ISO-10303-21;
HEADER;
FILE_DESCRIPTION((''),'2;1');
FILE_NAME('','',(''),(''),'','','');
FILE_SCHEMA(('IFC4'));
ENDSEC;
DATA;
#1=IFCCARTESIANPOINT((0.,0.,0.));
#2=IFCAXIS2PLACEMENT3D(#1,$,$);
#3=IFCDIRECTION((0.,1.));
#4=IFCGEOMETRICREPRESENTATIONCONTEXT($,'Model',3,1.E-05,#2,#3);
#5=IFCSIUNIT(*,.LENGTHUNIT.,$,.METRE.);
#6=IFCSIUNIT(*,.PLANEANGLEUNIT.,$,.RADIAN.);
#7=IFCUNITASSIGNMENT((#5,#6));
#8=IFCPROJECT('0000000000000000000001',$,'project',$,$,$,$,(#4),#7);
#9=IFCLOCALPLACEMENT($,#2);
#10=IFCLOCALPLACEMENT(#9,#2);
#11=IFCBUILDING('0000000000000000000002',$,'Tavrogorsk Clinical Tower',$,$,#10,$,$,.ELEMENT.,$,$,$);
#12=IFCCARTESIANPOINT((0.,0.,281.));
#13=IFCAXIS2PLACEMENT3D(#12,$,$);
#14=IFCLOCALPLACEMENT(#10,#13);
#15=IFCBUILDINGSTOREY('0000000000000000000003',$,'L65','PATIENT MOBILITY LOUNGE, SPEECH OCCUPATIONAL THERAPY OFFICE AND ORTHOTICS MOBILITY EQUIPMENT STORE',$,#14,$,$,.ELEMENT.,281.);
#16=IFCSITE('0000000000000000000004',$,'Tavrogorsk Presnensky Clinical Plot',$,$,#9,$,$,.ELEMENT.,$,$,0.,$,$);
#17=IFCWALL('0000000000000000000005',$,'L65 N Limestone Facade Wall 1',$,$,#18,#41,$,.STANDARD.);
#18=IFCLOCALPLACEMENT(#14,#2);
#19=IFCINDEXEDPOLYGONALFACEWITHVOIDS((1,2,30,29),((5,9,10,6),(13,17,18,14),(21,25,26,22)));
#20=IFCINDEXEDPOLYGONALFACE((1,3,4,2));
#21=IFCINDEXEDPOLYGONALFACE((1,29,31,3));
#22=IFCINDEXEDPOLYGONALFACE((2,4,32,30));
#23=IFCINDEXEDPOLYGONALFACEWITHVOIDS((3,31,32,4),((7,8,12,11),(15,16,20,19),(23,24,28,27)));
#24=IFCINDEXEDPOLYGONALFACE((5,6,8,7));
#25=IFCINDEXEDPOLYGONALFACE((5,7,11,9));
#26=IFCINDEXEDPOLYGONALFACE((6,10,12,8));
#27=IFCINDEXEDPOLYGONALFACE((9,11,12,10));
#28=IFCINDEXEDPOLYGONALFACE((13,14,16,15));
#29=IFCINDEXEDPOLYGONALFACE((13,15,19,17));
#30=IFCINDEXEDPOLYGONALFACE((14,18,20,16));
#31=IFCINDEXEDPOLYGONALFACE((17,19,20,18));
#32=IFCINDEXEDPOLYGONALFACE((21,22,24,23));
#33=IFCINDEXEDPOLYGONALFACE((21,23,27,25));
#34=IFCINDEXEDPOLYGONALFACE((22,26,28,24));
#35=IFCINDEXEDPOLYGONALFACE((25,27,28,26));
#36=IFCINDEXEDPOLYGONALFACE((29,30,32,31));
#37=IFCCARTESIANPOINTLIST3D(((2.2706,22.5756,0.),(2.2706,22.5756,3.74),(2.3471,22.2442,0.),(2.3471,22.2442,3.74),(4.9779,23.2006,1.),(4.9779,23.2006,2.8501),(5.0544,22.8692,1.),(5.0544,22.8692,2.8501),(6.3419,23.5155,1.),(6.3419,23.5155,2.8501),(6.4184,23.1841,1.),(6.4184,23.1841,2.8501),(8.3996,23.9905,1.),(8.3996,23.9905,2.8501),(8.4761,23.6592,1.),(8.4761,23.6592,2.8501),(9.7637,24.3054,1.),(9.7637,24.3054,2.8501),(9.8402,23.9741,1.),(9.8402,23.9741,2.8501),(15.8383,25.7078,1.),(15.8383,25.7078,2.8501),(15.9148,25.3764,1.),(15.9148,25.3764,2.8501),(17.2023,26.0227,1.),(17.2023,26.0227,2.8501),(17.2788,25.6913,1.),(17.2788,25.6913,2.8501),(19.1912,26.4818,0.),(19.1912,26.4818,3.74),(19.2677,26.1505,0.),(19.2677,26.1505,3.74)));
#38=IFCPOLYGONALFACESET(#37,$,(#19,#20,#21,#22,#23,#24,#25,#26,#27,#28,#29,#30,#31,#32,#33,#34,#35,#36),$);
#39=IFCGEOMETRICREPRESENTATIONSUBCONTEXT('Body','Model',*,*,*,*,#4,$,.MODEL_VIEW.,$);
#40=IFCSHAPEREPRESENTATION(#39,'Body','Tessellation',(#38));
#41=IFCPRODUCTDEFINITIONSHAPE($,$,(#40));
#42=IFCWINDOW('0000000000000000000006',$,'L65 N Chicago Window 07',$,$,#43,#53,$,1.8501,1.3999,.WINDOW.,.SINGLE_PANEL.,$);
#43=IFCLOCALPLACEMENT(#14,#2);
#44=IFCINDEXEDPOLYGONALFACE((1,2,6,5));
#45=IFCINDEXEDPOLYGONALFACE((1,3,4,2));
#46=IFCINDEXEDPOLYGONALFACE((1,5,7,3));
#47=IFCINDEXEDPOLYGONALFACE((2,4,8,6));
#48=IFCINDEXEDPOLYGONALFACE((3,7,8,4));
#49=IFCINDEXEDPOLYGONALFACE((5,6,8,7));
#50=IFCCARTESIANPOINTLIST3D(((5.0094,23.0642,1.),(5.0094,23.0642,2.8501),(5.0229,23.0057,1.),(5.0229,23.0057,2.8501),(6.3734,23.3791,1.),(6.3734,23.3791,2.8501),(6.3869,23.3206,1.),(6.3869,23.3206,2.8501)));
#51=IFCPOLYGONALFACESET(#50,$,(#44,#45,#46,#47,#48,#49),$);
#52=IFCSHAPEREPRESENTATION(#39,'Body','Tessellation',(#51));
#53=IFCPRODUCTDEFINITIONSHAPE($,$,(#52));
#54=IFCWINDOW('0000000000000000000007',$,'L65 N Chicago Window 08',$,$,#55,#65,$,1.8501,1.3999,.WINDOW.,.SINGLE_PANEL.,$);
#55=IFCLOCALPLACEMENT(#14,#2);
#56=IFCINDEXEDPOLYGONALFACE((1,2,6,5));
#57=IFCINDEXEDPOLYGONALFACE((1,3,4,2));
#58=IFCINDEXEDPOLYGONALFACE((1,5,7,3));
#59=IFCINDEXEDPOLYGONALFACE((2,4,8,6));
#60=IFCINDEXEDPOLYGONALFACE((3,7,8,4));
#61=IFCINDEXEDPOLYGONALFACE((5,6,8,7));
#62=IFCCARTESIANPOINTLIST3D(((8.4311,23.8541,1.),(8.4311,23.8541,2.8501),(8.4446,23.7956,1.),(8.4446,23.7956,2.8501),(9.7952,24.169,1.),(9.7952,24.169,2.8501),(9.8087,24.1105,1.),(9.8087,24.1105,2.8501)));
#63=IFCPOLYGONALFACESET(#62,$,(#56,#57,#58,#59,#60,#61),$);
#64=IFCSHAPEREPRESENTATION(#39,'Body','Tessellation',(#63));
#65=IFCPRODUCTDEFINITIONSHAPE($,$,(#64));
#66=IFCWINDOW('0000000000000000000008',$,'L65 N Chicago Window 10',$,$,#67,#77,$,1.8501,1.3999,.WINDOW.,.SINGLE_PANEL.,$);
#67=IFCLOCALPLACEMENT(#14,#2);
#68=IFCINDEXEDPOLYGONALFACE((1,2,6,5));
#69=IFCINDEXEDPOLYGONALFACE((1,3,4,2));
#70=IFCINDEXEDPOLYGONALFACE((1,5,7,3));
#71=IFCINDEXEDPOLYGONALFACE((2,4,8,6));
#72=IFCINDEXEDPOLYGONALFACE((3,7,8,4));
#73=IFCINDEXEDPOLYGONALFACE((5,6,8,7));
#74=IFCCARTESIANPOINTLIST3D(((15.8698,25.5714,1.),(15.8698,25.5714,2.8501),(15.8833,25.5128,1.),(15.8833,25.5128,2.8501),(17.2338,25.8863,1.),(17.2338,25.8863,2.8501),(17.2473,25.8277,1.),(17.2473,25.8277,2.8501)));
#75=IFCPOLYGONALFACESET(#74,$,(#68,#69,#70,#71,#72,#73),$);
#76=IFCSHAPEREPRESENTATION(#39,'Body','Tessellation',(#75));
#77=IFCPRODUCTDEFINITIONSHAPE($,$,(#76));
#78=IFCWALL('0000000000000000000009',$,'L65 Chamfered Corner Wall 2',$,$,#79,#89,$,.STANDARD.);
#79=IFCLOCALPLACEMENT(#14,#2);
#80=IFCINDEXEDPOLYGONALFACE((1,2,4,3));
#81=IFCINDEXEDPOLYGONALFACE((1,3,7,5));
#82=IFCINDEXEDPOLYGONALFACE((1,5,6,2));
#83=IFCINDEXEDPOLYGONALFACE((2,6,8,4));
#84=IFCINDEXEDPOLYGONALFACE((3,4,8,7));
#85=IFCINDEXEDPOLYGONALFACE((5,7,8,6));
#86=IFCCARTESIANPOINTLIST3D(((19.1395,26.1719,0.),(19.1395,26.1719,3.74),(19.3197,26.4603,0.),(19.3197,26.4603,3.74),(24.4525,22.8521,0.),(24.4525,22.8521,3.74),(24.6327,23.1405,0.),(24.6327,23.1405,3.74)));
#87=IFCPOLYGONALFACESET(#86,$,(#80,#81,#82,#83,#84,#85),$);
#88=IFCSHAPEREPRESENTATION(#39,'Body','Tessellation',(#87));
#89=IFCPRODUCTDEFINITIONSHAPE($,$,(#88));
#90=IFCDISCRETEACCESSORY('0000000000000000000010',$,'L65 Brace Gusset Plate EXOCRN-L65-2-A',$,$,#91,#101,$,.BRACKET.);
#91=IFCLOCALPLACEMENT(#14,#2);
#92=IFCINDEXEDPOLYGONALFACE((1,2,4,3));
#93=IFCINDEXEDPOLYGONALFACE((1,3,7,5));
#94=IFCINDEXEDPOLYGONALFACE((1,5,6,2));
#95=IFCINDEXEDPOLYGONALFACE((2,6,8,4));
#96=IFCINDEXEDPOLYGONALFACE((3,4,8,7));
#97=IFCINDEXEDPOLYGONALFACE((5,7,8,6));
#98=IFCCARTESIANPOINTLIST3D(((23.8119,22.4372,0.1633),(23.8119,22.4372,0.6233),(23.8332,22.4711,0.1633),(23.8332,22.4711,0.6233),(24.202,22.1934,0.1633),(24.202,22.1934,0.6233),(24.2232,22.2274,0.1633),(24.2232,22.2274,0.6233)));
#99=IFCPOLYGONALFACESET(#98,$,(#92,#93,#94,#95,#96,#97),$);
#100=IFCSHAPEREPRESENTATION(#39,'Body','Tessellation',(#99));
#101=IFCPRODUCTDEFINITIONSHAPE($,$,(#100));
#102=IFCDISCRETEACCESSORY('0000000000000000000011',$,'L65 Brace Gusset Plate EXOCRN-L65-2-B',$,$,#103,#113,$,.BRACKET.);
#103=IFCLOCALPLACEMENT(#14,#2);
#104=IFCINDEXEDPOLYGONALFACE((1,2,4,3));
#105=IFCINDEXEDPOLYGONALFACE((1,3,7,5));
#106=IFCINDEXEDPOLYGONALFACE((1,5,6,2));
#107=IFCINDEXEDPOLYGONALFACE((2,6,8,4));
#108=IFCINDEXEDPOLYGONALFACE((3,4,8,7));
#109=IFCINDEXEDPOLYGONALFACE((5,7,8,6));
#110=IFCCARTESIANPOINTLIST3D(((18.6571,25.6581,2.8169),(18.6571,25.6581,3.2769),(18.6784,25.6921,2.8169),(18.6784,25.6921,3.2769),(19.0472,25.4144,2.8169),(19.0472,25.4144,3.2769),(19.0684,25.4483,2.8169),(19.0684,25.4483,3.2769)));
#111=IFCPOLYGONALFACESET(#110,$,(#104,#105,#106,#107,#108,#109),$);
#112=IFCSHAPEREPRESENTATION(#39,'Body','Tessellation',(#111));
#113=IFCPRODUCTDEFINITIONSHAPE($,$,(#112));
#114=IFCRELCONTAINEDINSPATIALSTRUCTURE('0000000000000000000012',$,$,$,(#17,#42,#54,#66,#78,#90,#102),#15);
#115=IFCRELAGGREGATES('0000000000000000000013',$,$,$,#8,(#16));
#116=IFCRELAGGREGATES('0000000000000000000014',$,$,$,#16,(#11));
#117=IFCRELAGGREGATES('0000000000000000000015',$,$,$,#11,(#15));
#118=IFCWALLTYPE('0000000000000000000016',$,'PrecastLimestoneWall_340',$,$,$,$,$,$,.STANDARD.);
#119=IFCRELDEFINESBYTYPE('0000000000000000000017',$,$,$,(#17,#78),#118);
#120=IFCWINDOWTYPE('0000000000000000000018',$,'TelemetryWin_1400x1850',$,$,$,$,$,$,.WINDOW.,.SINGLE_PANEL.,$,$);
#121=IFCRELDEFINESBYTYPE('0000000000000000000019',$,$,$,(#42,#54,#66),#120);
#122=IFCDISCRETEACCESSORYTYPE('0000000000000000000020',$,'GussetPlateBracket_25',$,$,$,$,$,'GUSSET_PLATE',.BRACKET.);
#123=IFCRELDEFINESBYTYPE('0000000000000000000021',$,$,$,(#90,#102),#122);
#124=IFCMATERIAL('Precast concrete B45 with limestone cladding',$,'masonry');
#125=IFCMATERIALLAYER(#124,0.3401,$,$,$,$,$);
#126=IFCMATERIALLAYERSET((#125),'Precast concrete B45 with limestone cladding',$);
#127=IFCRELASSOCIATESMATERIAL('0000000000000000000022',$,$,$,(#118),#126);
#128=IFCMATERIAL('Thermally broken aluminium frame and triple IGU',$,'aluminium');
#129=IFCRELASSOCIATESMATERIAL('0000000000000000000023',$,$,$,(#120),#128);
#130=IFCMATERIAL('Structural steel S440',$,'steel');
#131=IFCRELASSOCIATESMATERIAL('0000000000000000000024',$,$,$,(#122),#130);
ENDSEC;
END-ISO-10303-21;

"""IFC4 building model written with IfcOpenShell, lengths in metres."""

from ifc_helpers import new_model, si_unit, direction, frame, frame_2d, origin, origin_2d, place, context, subcontext, project, spatial, rectangle, extrude, material, layer, layer_set, type_object, element, fill, save


model = new_model("IFC4")

# Units and contexts
model_context = context("Model", 3, precision=1e-05, world=origin(), true_north=direction((0.0, 1.0)))
body_context = subcontext(model_context, "Body", "Model", "MODEL_VIEW")
ifc_project = project(units=[si_unit("LENGTHUNIT", "METRE"), si_unit("PLANEANGLEUNIT", "RADIAN")], contexts=[model_context])

# Site, building, storey
site_placement = place(None, origin())
site = spatial("IfcSite", under=ifc_project, at=site_placement, Name="Tavrogorsk Presnensky Clinical Plot", CompositionType="ELEMENT", RefElevation=0.0)
building_placement = place(site_placement, origin())
building = spatial("IfcBuilding", under=site, at=building_placement, Name="Tavrogorsk Clinical Tower", CompositionType="ELEMENT")
storey_placement = place(building_placement, frame((0.0, 0.0, 281.0)))
storey = spatial("IfcBuildingStorey", under=building, at=storey_placement, Name="L65", Description="PATIENT MOBILITY LOUNGE, SPEECH OCCUPATIONAL THERAPY OFFICE AND ORTHOTICS MOBILITY EQUIPMENT STORE", CompositionType="ELEMENT", Elevation=281.0)

# Wall, openings, windows
ifc_material_1 = material(Name="Precast concrete B45 with limestone cladding", Category="masonry")
ifc_layer_1 = layer(ifc_material_1, 0.3401)
ifc_layer_set_1 = layer_set([ifc_layer_1], Name="Precast concrete B45 with limestone cladding")
wall_type_1 = type_object("IfcWallType", Name="PrecastLimestoneWall_340", PredefinedType="STANDARD", material=ifc_layer_set_1)
wall_1_placement = place(storey_placement, frame((19.2295, 26.3162, 0.0), z_axis=(0.0, 0.0, 1.0), x_axis=(-0.974372, -0.224941, 0.0)))
wall_1 = element("IfcWall", 1, at=wall_1_placement, inside=storey, type_object=wall_type_1, Name="L65 N Limestone Facade Wall 1", PredefinedType="STANDARD", context=body_context, shape_type="SweptSolid", body=[
    extrude(rectangle(XDim=17.3657, YDim=0.3401, at=frame_2d((8.6829, 0.0))), origin(), (0.0, 0.0, 1.0), 3.74),
])
opening_1_placement = place(wall_1_placement, frame((13.1873, 0.0, 1.0)))
opening_1 = element("IfcOpeningElement", 2, at=opening_1_placement, cuts=wall_1, PredefinedType="OPENING", context=body_context, shape_type="SweptSolid", body=[
    extrude(rectangle(XDim=1.3999, YDim=1.8501, at=frame_2d((0.7, 0.925))), frame((0.0, 0.1799, 0.0), z_axis=(0.0, -1.0, 0.0), x_axis=(1.0, 0.0, 0.0)), (0.0, 0.0, 1.0), 0.3601),
])
opening_2_placement = place(wall_1_placement, frame((9.6755, 0.0, 1.0)))
opening_2 = element("IfcOpeningElement", 3, at=opening_2_placement, cuts=wall_1, PredefinedType="OPENING", context=body_context, shape_type="SweptSolid", body=[
    extrude(rectangle(XDim=1.3999, YDim=1.8501, at=frame_2d((0.7, 0.925))), frame((0.0, 0.1799, 0.0), z_axis=(0.0, -1.0, 0.0), x_axis=(1.0, 0.0, 0.0)), (0.0, 0.0, 1.0), 0.3601),
])
opening_3_placement = place(wall_1_placement, frame((2.0413, 0.0, 1.0)))
opening_3 = element("IfcOpeningElement", 4, at=opening_3_placement, cuts=wall_1, PredefinedType="OPENING", context=body_context, shape_type="SweptSolid", body=[
    extrude(rectangle(XDim=1.3999, YDim=1.8501, at=frame_2d((0.7, 0.925))), frame((0.0, 0.1799, 0.0), z_axis=(0.0, -1.0, 0.0), x_axis=(1.0, 0.0, 0.0)), (0.0, 0.0, 1.0), 0.3601),
])
ifc_material_2 = material(Name="Thermally broken aluminium frame and triple IGU", Category="aluminium")
window_type = type_object("IfcWindowType", Name="TelemetryWin_1400x1850", PartitioningType="SINGLE_PANEL", PredefinedType="WINDOW", material=ifc_material_2)
window_1_placement = place(opening_1_placement, origin())
window_1 = element("IfcWindow", 5, at=window_1_placement, inside=storey, type_object=window_type, Name="L65 N Chicago Window 07", OverallHeight=1.8501, OverallWidth=1.3999, PartitioningType="SINGLE_PANEL", PredefinedType="WINDOW", context=body_context, shape_type="SweptSolid", body=[
    extrude(rectangle(XDim=1.3999, YDim=1.8501, at=frame_2d((0.7, 0.925))), frame((0.0, 0.03, 0.0), z_axis=(0.0, -1.0, 0.0), x_axis=(1.0, 0.0, 0.0)), (0.0, 0.0, 1.0), 0.0601),
])
fill(opening_1, window_1)
window_2_placement = place(opening_2_placement, origin())
window_2 = element("IfcWindow", 6, at=window_2_placement, inside=storey, type_object=window_type, Name="L65 N Chicago Window 08", OverallHeight=1.8501, OverallWidth=1.3999, PartitioningType="SINGLE_PANEL", PredefinedType="WINDOW", context=body_context, shape_type="SweptSolid", body=[
    extrude(rectangle(XDim=1.3999, YDim=1.8501, at=frame_2d((0.7, 0.925))), frame((0.0, 0.03, 0.0), z_axis=(0.0, -1.0, 0.0), x_axis=(1.0, 0.0, 0.0)), (0.0, 0.0, 1.0), 0.0601),
])
fill(opening_2, window_2)
window_3_placement = place(opening_3_placement, origin())
window_3 = element("IfcWindow", 7, at=window_3_placement, inside=storey, type_object=window_type, Name="L65 N Chicago Window 10", OverallHeight=1.8501, OverallWidth=1.3999, PartitioningType="SINGLE_PANEL", PredefinedType="WINDOW", context=body_context, shape_type="SweptSolid", body=[
    extrude(rectangle(XDim=1.3999, YDim=1.8501, at=frame_2d((0.7, 0.925))), frame((0.0, 0.03, 0.0), z_axis=(0.0, -1.0, 0.0), x_axis=(1.0, 0.0, 0.0)), (0.0, 0.0, 1.0), 0.0601),
])
fill(opening_3, window_3)

# Wall
wall_2_placement = place(storey_placement, frame((24.5425, 22.9963, 0.0), z_axis=(0.0, 0.0, 1.0), x_axis=(-0.848055, 0.529908, 0.0)))
element("IfcWall", 8, at=wall_2_placement, inside=storey, type_object=wall_type_1, Name="L65 Chamfered Corner Wall 2", PredefinedType="STANDARD", context=body_context, shape_type="SweptSolid", body=[
    extrude(rectangle(XDim=6.2649, YDim=0.3401, at=frame_2d((3.1323, 0.0))), origin(), (0.0, 0.0, 1.0), 3.74),
])

# Discrete accessories
ifc_material_3 = material(Name="Structural steel S440", Category="steel")
discrete_accessory_type = type_object("IfcDiscreteAccessoryType", Name="GussetPlateBracket_25", ElementType="GUSSET_PLATE", PredefinedType="BRACKET", material=ifc_material_3)
for number, where, z_axis, x_axis, name in (
    (9, (24.0176, 22.3323, 0.1633), (0.0, 0.0, 1.0), (-0.848048, 0.529919, 0.0), "L65 Brace Gusset Plate EXOCRN-L65-2-A"),
    (10, (18.8628, 25.5532, 2.8169), (0.0, 0.0, 1.0), (-0.848048, 0.529919, 0.0), "L65 Brace Gusset Plate EXOCRN-L65-2-B"),
):
    element("IfcDiscreteAccessory", number, at=place(storey_placement, frame(where, z_axis=z_axis, x_axis=x_axis)), inside=storey, type_object=discrete_accessory_type, Name=name, PredefinedType="BRACKET", context=body_context, shape_type="SweptSolid", body=[
        extrude(rectangle(XDim=0.46, YDim=0.04, at=origin_2d()), origin(), (0.0, 0.0, 1.0), 0.46),
    ])

save(model, "model.ifc")
